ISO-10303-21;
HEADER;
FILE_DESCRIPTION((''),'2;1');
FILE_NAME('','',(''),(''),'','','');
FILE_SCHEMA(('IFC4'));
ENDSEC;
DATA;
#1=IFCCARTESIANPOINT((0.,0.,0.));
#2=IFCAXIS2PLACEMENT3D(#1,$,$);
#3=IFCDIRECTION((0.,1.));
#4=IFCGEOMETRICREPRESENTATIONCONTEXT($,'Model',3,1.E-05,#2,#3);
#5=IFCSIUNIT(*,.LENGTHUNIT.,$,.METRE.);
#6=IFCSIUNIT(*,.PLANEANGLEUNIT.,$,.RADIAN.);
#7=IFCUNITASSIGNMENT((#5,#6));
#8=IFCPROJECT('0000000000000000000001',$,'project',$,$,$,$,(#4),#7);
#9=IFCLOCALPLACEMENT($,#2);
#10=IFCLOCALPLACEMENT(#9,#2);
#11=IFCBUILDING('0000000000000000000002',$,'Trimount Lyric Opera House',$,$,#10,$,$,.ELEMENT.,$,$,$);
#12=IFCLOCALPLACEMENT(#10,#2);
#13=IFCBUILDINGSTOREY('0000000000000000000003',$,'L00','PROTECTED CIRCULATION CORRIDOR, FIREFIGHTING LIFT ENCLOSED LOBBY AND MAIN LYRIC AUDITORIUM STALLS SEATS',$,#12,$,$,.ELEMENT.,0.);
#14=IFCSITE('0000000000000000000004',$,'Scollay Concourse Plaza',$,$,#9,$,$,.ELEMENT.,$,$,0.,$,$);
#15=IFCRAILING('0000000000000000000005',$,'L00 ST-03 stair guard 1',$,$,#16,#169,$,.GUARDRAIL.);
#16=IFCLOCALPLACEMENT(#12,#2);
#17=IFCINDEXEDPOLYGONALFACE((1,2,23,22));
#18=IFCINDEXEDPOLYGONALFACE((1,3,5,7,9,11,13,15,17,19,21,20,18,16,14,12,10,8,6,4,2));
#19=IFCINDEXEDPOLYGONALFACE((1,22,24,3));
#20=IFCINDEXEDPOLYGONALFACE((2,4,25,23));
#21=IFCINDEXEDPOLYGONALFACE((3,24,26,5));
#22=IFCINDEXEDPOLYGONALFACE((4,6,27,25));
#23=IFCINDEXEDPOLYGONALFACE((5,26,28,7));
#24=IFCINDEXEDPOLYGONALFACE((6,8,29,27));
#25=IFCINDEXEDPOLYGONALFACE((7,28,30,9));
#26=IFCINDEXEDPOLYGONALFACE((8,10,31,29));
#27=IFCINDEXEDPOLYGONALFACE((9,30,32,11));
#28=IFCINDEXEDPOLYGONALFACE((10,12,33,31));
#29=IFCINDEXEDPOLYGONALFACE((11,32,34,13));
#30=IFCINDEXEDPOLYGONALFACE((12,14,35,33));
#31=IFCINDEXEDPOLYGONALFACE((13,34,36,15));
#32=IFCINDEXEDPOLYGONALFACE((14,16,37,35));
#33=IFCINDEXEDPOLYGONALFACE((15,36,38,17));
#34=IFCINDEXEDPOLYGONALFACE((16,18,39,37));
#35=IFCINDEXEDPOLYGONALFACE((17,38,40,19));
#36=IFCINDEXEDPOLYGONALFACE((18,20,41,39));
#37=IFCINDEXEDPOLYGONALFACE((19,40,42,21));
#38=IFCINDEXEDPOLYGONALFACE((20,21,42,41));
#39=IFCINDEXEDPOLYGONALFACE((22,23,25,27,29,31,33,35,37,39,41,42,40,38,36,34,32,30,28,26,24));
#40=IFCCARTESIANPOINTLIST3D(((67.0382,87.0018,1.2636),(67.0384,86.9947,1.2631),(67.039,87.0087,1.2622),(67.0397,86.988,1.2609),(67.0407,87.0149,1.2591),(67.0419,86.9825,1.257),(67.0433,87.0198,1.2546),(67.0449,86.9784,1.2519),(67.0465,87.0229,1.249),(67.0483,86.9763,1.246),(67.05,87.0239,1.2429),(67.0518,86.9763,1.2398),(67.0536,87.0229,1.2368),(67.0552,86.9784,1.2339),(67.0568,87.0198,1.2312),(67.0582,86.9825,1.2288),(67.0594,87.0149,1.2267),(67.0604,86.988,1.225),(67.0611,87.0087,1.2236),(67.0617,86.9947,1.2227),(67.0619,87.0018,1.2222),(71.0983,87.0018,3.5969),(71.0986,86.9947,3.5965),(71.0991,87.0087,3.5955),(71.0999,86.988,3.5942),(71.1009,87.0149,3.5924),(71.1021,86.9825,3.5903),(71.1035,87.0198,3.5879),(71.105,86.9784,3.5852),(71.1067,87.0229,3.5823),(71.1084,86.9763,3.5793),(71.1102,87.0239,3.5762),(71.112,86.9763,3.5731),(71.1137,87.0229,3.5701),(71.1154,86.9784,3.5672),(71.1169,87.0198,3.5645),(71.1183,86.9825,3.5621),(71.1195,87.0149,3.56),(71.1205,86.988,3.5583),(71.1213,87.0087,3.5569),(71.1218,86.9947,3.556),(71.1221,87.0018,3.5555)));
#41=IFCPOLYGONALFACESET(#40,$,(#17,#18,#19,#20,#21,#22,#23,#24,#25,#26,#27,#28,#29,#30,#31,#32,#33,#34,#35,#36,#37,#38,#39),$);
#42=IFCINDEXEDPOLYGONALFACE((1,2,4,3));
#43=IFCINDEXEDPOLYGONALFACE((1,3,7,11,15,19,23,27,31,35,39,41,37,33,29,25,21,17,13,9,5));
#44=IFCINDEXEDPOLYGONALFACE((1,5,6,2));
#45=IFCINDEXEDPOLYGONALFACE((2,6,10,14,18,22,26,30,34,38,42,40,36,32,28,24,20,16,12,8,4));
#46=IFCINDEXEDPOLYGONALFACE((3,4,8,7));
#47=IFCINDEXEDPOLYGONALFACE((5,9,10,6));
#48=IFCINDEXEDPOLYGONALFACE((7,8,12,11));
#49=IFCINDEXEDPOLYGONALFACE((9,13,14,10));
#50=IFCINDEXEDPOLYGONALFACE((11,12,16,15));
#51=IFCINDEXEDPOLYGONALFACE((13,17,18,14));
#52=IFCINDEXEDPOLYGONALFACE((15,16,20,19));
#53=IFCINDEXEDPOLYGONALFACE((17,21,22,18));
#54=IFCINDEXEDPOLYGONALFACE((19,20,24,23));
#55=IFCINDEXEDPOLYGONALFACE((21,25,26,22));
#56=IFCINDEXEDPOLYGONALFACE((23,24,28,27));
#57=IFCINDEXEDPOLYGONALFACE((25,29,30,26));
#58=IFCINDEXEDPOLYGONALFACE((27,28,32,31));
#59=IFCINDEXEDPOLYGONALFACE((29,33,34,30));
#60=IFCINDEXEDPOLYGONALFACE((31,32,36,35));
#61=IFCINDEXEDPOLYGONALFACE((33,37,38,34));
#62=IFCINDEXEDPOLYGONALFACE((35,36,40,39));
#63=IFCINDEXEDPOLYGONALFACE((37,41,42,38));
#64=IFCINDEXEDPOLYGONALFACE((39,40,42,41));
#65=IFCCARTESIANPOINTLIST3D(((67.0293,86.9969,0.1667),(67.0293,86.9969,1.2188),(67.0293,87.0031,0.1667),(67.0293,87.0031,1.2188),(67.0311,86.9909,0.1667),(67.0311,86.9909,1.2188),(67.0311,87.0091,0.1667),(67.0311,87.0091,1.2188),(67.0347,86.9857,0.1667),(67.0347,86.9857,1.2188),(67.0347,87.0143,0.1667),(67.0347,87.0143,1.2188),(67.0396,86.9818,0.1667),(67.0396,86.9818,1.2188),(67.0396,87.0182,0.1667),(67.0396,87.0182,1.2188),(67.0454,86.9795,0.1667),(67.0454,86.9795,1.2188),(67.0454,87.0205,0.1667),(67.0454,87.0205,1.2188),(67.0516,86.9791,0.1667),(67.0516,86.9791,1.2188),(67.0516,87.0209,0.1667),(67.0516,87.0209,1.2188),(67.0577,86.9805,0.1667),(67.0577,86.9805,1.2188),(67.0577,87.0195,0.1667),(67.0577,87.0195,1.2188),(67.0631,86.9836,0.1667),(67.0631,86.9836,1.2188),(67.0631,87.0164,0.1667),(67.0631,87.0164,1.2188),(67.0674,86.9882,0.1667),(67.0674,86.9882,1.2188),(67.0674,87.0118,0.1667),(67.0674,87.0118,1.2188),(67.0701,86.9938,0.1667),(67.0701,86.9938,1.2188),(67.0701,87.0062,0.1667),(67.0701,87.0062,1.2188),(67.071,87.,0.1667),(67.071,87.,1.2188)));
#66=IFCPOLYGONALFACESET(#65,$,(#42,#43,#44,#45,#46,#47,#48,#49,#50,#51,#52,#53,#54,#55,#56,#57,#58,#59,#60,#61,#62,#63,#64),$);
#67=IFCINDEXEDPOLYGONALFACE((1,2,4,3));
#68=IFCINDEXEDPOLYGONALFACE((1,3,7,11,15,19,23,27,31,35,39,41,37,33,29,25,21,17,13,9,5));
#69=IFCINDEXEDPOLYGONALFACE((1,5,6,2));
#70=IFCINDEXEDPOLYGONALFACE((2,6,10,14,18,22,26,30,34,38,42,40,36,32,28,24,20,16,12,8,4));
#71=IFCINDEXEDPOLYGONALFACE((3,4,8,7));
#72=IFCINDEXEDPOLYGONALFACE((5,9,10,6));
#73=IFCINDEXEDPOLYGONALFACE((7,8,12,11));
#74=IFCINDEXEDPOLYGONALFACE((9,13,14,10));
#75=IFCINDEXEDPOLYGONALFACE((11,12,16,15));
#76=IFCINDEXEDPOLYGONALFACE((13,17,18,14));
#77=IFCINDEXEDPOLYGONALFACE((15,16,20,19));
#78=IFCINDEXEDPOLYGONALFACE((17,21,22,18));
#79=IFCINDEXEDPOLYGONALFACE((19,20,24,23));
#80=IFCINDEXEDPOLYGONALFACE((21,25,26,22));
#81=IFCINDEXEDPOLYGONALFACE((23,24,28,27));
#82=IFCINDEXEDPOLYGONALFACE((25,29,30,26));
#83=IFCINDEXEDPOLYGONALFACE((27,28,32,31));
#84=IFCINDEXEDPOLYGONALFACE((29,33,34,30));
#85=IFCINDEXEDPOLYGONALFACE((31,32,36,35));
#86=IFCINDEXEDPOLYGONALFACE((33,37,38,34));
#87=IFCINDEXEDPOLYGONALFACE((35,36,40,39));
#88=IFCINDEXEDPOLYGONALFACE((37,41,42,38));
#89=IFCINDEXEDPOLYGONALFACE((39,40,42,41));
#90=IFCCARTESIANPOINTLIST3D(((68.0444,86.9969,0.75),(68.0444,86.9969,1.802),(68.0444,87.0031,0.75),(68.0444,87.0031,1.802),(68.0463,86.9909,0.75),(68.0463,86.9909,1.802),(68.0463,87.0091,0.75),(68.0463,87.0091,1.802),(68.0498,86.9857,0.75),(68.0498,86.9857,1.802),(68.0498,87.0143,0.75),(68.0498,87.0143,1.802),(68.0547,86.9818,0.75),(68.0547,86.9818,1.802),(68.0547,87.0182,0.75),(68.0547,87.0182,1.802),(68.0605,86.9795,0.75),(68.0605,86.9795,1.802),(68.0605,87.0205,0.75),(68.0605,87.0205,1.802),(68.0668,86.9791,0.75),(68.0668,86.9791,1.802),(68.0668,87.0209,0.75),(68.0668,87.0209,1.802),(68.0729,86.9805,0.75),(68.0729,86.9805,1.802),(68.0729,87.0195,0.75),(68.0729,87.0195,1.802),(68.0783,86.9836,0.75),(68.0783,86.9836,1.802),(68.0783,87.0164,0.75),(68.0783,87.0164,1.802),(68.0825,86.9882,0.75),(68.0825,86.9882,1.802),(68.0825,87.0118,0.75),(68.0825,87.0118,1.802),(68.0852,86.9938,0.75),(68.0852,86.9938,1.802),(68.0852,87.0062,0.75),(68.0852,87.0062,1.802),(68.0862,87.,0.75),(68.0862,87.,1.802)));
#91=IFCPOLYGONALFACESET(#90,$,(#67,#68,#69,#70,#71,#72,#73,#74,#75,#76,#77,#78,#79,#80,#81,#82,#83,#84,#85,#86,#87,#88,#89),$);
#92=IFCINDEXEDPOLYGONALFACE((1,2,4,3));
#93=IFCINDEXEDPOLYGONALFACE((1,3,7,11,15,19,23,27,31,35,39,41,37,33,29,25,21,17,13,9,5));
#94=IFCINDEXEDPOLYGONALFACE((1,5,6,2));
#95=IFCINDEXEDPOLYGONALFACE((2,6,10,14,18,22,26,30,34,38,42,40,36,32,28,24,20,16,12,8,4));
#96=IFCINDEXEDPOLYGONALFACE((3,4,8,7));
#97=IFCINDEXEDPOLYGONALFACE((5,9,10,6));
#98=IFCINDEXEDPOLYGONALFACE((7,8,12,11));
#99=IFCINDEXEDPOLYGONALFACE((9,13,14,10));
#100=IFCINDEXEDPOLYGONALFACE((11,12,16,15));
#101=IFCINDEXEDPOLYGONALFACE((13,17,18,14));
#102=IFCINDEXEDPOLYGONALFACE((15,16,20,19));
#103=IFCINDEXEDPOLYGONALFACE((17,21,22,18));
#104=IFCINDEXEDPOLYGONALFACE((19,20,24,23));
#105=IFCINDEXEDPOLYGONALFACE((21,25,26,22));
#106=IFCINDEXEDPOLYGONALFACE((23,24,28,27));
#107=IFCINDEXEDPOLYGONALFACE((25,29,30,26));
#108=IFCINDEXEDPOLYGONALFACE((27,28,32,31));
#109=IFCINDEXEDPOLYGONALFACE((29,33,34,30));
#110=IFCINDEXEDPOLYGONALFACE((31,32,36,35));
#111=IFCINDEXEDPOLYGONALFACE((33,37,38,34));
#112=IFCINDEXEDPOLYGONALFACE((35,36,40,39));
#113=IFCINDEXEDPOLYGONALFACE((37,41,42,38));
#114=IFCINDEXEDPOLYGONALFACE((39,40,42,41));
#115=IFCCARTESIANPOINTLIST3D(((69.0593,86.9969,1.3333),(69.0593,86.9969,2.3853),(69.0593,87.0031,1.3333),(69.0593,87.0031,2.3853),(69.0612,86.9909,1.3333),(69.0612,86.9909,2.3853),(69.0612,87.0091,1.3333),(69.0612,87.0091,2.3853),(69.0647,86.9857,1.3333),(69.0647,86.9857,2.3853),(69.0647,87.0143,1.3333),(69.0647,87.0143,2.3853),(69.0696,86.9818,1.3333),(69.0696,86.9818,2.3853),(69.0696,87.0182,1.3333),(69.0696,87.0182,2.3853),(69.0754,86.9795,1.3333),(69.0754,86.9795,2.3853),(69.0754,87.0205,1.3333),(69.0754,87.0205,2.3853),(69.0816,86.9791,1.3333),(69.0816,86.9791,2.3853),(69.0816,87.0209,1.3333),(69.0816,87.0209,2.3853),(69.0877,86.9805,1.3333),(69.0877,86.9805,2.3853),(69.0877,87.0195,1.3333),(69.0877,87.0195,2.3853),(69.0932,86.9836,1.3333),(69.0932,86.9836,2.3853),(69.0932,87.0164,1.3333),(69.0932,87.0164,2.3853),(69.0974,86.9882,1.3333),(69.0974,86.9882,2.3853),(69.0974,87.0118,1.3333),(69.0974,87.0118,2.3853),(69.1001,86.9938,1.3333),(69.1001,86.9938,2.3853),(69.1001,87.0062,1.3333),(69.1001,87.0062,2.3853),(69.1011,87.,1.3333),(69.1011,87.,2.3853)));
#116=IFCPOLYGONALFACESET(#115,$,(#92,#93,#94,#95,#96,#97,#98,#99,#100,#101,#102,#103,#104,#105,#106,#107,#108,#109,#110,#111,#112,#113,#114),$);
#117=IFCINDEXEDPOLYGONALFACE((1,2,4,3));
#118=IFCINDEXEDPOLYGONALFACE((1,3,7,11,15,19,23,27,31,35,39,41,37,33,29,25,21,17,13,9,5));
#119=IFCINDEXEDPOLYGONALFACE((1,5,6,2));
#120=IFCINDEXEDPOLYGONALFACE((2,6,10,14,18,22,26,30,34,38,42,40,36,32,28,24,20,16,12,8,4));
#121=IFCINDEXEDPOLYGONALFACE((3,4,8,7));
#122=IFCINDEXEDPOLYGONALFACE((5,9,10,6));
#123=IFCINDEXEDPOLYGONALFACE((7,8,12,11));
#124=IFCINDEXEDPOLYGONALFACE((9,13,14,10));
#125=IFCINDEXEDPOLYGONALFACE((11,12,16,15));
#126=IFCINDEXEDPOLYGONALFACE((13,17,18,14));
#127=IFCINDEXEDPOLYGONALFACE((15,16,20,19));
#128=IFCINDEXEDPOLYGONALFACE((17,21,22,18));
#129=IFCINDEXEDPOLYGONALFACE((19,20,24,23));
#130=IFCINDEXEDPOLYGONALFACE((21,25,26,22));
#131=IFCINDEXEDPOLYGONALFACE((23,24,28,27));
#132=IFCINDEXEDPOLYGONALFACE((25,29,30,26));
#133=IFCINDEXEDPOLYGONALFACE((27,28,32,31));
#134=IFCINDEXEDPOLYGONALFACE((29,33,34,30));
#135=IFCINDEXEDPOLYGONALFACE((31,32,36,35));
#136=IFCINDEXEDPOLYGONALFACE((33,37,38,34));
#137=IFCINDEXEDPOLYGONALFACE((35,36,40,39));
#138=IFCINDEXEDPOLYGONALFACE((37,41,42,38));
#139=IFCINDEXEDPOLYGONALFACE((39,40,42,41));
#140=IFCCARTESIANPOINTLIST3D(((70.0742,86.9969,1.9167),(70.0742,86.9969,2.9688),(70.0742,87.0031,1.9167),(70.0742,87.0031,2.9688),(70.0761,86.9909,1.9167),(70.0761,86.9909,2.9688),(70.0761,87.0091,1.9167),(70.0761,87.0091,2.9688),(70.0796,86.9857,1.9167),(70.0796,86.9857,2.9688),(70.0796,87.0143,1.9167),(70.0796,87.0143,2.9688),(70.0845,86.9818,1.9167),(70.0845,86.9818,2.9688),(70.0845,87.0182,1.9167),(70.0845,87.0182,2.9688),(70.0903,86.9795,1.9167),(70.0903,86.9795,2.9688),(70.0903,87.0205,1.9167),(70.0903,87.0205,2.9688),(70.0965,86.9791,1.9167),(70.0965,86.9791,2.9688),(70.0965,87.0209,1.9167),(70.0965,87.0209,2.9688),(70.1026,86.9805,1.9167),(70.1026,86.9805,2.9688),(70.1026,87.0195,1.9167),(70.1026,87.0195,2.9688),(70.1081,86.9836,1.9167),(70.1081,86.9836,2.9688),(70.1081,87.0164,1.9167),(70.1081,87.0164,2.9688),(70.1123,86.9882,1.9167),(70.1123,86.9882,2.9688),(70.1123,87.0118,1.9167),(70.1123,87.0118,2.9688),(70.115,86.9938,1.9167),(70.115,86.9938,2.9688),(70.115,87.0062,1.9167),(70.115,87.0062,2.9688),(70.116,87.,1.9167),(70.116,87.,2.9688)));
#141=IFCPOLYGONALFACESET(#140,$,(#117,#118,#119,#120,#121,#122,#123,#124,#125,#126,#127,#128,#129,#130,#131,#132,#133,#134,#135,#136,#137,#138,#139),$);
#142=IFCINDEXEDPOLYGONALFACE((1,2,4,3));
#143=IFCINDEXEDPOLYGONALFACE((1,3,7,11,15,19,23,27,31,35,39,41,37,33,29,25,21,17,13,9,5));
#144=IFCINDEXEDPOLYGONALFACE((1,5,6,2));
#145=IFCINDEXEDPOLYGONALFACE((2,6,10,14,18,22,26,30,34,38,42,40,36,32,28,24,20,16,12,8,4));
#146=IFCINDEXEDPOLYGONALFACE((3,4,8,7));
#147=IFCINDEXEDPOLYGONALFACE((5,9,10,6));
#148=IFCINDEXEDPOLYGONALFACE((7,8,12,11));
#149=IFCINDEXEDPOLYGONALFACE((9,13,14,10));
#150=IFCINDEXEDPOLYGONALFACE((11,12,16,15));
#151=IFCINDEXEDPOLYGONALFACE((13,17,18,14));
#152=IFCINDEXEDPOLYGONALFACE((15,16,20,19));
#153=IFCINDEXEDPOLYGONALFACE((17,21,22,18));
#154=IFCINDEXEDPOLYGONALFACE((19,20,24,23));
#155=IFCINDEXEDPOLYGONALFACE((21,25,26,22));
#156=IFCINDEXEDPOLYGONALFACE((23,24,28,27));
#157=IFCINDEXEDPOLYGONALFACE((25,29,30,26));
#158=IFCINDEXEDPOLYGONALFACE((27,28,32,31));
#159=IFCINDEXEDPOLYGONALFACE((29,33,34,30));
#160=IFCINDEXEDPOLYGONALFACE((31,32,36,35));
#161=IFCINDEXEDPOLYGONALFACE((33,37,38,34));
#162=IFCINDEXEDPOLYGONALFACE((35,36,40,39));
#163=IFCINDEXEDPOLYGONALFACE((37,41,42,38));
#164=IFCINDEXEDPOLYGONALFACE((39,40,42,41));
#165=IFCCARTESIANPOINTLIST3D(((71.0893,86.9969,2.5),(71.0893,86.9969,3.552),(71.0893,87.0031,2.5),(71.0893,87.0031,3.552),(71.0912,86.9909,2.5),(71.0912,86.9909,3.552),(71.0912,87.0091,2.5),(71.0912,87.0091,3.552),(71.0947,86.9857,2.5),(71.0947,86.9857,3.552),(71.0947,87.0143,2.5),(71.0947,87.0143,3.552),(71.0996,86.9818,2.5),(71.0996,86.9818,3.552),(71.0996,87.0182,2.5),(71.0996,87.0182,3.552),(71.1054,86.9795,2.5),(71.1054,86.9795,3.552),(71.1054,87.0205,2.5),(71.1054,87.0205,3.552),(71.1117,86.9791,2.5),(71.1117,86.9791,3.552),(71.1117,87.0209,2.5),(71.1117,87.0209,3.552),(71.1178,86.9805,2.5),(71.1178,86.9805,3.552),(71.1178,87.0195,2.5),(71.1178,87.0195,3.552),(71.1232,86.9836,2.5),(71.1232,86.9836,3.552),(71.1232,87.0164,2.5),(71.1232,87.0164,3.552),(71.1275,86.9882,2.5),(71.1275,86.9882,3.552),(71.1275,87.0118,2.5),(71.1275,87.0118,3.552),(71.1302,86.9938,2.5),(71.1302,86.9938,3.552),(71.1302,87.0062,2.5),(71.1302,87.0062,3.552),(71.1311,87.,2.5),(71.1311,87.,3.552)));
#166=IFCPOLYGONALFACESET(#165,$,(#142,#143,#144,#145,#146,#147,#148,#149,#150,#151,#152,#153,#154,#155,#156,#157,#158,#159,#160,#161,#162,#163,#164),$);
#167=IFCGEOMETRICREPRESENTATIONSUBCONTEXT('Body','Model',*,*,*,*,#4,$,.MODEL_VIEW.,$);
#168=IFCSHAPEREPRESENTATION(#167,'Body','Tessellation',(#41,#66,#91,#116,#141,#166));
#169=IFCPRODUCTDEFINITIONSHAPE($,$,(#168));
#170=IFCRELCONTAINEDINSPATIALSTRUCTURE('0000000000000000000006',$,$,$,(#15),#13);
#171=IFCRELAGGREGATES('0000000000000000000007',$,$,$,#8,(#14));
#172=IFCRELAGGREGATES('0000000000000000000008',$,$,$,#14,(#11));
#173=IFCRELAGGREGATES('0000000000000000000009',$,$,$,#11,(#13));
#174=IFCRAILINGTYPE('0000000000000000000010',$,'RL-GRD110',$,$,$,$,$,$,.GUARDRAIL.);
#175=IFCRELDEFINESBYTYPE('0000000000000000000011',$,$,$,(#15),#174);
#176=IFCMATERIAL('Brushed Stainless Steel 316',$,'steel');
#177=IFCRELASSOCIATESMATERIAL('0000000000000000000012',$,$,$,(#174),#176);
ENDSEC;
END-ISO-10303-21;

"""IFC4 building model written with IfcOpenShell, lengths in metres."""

from ifc_helpers import new_model, si_unit, direction, frame, origin, origin_2d, place, context, subcontext, project, spatial, circle, extrude, material, type_object, element, save


model = new_model("IFC4")

# Units and contexts
model_context = context("Model", 3, precision=1e-05, world=origin(), true_north=direction((0.0, 1.0)))
body_context = subcontext(model_context, "Body", "Model", "MODEL_VIEW")
ifc_project = project(units=[si_unit("LENGTHUNIT", "METRE"), si_unit("PLANEANGLEUNIT", "RADIAN")], contexts=[model_context])

# Site, building, storey
site_placement = place(None, origin())
site = spatial("IfcSite", under=ifc_project, at=site_placement, Name="Scollay Concourse Plaza", CompositionType="ELEMENT", RefElevation=0.0)
building_placement = place(site_placement, origin())
building = spatial("IfcBuilding", under=site, at=building_placement, Name="Trimount Lyric Opera House", CompositionType="ELEMENT")
storey_placement = place(building_placement, origin())
storey = spatial("IfcBuildingStorey", under=building, at=storey_placement, Name="L00", Description="PROTECTED CIRCULATION CORRIDOR, FIREFIGHTING LIFT ENCLOSED LOBBY AND MAIN LYRIC AUDITORIUM STALLS SEATS", CompositionType="ELEMENT", Elevation=0.0)

# Railing
ifc_material_1 = material(Name="Brushed Stainless Steel 316", Category="steel")
railing_type_1 = type_object("IfcRailingType", Name="RL-GRD110", PredefinedType="GUARDRAIL", material=ifc_material_1)
railing_1_placement = place(storey_placement, frame((67.05, 87.0, 0.1667)))
element("IfcRailing", 1, at=railing_1_placement, inside=storey, type_object=railing_type_1, Name="L00 ST-03 stair guard 1", PredefinedType="GUARDRAIL", context=body_context, shape_type="SweptSolid", body=[
    extrude(circle(Radius=0.0239, at=origin_2d()), frame((0.0, 0.0, 1.0762), z_axis=(0.867025, 0.0, 0.498265), x_axis=(0.0, 1.0, 0.0)), (0.0, 0.0, 1.0), 4.6829),
    extrude(circle(Radius=0.021, at=origin_2d()), origin(), (0.0, 0.0, 1.0), 1.052),
    extrude(circle(Radius=0.021, at=origin_2d()), frame((1.0151, 0.0, 0.5833)), (0.0, 0.0, 1.0), 1.052),
    extrude(circle(Radius=0.021, at=origin_2d()), frame((2.03, 0.0, 1.1665)), (0.0, 0.0, 1.0), 1.052),
    extrude(circle(Radius=0.021, at=origin_2d()), frame((3.0449, 0.0, 1.75)), (0.0, 0.0, 1.0), 1.052),
    extrude(circle(Radius=0.021, at=origin_2d()), frame((4.0601, 0.0, 2.3333)), (0.0, 0.0, 1.0), 1.052),
])

save(model, "model.ifc")
